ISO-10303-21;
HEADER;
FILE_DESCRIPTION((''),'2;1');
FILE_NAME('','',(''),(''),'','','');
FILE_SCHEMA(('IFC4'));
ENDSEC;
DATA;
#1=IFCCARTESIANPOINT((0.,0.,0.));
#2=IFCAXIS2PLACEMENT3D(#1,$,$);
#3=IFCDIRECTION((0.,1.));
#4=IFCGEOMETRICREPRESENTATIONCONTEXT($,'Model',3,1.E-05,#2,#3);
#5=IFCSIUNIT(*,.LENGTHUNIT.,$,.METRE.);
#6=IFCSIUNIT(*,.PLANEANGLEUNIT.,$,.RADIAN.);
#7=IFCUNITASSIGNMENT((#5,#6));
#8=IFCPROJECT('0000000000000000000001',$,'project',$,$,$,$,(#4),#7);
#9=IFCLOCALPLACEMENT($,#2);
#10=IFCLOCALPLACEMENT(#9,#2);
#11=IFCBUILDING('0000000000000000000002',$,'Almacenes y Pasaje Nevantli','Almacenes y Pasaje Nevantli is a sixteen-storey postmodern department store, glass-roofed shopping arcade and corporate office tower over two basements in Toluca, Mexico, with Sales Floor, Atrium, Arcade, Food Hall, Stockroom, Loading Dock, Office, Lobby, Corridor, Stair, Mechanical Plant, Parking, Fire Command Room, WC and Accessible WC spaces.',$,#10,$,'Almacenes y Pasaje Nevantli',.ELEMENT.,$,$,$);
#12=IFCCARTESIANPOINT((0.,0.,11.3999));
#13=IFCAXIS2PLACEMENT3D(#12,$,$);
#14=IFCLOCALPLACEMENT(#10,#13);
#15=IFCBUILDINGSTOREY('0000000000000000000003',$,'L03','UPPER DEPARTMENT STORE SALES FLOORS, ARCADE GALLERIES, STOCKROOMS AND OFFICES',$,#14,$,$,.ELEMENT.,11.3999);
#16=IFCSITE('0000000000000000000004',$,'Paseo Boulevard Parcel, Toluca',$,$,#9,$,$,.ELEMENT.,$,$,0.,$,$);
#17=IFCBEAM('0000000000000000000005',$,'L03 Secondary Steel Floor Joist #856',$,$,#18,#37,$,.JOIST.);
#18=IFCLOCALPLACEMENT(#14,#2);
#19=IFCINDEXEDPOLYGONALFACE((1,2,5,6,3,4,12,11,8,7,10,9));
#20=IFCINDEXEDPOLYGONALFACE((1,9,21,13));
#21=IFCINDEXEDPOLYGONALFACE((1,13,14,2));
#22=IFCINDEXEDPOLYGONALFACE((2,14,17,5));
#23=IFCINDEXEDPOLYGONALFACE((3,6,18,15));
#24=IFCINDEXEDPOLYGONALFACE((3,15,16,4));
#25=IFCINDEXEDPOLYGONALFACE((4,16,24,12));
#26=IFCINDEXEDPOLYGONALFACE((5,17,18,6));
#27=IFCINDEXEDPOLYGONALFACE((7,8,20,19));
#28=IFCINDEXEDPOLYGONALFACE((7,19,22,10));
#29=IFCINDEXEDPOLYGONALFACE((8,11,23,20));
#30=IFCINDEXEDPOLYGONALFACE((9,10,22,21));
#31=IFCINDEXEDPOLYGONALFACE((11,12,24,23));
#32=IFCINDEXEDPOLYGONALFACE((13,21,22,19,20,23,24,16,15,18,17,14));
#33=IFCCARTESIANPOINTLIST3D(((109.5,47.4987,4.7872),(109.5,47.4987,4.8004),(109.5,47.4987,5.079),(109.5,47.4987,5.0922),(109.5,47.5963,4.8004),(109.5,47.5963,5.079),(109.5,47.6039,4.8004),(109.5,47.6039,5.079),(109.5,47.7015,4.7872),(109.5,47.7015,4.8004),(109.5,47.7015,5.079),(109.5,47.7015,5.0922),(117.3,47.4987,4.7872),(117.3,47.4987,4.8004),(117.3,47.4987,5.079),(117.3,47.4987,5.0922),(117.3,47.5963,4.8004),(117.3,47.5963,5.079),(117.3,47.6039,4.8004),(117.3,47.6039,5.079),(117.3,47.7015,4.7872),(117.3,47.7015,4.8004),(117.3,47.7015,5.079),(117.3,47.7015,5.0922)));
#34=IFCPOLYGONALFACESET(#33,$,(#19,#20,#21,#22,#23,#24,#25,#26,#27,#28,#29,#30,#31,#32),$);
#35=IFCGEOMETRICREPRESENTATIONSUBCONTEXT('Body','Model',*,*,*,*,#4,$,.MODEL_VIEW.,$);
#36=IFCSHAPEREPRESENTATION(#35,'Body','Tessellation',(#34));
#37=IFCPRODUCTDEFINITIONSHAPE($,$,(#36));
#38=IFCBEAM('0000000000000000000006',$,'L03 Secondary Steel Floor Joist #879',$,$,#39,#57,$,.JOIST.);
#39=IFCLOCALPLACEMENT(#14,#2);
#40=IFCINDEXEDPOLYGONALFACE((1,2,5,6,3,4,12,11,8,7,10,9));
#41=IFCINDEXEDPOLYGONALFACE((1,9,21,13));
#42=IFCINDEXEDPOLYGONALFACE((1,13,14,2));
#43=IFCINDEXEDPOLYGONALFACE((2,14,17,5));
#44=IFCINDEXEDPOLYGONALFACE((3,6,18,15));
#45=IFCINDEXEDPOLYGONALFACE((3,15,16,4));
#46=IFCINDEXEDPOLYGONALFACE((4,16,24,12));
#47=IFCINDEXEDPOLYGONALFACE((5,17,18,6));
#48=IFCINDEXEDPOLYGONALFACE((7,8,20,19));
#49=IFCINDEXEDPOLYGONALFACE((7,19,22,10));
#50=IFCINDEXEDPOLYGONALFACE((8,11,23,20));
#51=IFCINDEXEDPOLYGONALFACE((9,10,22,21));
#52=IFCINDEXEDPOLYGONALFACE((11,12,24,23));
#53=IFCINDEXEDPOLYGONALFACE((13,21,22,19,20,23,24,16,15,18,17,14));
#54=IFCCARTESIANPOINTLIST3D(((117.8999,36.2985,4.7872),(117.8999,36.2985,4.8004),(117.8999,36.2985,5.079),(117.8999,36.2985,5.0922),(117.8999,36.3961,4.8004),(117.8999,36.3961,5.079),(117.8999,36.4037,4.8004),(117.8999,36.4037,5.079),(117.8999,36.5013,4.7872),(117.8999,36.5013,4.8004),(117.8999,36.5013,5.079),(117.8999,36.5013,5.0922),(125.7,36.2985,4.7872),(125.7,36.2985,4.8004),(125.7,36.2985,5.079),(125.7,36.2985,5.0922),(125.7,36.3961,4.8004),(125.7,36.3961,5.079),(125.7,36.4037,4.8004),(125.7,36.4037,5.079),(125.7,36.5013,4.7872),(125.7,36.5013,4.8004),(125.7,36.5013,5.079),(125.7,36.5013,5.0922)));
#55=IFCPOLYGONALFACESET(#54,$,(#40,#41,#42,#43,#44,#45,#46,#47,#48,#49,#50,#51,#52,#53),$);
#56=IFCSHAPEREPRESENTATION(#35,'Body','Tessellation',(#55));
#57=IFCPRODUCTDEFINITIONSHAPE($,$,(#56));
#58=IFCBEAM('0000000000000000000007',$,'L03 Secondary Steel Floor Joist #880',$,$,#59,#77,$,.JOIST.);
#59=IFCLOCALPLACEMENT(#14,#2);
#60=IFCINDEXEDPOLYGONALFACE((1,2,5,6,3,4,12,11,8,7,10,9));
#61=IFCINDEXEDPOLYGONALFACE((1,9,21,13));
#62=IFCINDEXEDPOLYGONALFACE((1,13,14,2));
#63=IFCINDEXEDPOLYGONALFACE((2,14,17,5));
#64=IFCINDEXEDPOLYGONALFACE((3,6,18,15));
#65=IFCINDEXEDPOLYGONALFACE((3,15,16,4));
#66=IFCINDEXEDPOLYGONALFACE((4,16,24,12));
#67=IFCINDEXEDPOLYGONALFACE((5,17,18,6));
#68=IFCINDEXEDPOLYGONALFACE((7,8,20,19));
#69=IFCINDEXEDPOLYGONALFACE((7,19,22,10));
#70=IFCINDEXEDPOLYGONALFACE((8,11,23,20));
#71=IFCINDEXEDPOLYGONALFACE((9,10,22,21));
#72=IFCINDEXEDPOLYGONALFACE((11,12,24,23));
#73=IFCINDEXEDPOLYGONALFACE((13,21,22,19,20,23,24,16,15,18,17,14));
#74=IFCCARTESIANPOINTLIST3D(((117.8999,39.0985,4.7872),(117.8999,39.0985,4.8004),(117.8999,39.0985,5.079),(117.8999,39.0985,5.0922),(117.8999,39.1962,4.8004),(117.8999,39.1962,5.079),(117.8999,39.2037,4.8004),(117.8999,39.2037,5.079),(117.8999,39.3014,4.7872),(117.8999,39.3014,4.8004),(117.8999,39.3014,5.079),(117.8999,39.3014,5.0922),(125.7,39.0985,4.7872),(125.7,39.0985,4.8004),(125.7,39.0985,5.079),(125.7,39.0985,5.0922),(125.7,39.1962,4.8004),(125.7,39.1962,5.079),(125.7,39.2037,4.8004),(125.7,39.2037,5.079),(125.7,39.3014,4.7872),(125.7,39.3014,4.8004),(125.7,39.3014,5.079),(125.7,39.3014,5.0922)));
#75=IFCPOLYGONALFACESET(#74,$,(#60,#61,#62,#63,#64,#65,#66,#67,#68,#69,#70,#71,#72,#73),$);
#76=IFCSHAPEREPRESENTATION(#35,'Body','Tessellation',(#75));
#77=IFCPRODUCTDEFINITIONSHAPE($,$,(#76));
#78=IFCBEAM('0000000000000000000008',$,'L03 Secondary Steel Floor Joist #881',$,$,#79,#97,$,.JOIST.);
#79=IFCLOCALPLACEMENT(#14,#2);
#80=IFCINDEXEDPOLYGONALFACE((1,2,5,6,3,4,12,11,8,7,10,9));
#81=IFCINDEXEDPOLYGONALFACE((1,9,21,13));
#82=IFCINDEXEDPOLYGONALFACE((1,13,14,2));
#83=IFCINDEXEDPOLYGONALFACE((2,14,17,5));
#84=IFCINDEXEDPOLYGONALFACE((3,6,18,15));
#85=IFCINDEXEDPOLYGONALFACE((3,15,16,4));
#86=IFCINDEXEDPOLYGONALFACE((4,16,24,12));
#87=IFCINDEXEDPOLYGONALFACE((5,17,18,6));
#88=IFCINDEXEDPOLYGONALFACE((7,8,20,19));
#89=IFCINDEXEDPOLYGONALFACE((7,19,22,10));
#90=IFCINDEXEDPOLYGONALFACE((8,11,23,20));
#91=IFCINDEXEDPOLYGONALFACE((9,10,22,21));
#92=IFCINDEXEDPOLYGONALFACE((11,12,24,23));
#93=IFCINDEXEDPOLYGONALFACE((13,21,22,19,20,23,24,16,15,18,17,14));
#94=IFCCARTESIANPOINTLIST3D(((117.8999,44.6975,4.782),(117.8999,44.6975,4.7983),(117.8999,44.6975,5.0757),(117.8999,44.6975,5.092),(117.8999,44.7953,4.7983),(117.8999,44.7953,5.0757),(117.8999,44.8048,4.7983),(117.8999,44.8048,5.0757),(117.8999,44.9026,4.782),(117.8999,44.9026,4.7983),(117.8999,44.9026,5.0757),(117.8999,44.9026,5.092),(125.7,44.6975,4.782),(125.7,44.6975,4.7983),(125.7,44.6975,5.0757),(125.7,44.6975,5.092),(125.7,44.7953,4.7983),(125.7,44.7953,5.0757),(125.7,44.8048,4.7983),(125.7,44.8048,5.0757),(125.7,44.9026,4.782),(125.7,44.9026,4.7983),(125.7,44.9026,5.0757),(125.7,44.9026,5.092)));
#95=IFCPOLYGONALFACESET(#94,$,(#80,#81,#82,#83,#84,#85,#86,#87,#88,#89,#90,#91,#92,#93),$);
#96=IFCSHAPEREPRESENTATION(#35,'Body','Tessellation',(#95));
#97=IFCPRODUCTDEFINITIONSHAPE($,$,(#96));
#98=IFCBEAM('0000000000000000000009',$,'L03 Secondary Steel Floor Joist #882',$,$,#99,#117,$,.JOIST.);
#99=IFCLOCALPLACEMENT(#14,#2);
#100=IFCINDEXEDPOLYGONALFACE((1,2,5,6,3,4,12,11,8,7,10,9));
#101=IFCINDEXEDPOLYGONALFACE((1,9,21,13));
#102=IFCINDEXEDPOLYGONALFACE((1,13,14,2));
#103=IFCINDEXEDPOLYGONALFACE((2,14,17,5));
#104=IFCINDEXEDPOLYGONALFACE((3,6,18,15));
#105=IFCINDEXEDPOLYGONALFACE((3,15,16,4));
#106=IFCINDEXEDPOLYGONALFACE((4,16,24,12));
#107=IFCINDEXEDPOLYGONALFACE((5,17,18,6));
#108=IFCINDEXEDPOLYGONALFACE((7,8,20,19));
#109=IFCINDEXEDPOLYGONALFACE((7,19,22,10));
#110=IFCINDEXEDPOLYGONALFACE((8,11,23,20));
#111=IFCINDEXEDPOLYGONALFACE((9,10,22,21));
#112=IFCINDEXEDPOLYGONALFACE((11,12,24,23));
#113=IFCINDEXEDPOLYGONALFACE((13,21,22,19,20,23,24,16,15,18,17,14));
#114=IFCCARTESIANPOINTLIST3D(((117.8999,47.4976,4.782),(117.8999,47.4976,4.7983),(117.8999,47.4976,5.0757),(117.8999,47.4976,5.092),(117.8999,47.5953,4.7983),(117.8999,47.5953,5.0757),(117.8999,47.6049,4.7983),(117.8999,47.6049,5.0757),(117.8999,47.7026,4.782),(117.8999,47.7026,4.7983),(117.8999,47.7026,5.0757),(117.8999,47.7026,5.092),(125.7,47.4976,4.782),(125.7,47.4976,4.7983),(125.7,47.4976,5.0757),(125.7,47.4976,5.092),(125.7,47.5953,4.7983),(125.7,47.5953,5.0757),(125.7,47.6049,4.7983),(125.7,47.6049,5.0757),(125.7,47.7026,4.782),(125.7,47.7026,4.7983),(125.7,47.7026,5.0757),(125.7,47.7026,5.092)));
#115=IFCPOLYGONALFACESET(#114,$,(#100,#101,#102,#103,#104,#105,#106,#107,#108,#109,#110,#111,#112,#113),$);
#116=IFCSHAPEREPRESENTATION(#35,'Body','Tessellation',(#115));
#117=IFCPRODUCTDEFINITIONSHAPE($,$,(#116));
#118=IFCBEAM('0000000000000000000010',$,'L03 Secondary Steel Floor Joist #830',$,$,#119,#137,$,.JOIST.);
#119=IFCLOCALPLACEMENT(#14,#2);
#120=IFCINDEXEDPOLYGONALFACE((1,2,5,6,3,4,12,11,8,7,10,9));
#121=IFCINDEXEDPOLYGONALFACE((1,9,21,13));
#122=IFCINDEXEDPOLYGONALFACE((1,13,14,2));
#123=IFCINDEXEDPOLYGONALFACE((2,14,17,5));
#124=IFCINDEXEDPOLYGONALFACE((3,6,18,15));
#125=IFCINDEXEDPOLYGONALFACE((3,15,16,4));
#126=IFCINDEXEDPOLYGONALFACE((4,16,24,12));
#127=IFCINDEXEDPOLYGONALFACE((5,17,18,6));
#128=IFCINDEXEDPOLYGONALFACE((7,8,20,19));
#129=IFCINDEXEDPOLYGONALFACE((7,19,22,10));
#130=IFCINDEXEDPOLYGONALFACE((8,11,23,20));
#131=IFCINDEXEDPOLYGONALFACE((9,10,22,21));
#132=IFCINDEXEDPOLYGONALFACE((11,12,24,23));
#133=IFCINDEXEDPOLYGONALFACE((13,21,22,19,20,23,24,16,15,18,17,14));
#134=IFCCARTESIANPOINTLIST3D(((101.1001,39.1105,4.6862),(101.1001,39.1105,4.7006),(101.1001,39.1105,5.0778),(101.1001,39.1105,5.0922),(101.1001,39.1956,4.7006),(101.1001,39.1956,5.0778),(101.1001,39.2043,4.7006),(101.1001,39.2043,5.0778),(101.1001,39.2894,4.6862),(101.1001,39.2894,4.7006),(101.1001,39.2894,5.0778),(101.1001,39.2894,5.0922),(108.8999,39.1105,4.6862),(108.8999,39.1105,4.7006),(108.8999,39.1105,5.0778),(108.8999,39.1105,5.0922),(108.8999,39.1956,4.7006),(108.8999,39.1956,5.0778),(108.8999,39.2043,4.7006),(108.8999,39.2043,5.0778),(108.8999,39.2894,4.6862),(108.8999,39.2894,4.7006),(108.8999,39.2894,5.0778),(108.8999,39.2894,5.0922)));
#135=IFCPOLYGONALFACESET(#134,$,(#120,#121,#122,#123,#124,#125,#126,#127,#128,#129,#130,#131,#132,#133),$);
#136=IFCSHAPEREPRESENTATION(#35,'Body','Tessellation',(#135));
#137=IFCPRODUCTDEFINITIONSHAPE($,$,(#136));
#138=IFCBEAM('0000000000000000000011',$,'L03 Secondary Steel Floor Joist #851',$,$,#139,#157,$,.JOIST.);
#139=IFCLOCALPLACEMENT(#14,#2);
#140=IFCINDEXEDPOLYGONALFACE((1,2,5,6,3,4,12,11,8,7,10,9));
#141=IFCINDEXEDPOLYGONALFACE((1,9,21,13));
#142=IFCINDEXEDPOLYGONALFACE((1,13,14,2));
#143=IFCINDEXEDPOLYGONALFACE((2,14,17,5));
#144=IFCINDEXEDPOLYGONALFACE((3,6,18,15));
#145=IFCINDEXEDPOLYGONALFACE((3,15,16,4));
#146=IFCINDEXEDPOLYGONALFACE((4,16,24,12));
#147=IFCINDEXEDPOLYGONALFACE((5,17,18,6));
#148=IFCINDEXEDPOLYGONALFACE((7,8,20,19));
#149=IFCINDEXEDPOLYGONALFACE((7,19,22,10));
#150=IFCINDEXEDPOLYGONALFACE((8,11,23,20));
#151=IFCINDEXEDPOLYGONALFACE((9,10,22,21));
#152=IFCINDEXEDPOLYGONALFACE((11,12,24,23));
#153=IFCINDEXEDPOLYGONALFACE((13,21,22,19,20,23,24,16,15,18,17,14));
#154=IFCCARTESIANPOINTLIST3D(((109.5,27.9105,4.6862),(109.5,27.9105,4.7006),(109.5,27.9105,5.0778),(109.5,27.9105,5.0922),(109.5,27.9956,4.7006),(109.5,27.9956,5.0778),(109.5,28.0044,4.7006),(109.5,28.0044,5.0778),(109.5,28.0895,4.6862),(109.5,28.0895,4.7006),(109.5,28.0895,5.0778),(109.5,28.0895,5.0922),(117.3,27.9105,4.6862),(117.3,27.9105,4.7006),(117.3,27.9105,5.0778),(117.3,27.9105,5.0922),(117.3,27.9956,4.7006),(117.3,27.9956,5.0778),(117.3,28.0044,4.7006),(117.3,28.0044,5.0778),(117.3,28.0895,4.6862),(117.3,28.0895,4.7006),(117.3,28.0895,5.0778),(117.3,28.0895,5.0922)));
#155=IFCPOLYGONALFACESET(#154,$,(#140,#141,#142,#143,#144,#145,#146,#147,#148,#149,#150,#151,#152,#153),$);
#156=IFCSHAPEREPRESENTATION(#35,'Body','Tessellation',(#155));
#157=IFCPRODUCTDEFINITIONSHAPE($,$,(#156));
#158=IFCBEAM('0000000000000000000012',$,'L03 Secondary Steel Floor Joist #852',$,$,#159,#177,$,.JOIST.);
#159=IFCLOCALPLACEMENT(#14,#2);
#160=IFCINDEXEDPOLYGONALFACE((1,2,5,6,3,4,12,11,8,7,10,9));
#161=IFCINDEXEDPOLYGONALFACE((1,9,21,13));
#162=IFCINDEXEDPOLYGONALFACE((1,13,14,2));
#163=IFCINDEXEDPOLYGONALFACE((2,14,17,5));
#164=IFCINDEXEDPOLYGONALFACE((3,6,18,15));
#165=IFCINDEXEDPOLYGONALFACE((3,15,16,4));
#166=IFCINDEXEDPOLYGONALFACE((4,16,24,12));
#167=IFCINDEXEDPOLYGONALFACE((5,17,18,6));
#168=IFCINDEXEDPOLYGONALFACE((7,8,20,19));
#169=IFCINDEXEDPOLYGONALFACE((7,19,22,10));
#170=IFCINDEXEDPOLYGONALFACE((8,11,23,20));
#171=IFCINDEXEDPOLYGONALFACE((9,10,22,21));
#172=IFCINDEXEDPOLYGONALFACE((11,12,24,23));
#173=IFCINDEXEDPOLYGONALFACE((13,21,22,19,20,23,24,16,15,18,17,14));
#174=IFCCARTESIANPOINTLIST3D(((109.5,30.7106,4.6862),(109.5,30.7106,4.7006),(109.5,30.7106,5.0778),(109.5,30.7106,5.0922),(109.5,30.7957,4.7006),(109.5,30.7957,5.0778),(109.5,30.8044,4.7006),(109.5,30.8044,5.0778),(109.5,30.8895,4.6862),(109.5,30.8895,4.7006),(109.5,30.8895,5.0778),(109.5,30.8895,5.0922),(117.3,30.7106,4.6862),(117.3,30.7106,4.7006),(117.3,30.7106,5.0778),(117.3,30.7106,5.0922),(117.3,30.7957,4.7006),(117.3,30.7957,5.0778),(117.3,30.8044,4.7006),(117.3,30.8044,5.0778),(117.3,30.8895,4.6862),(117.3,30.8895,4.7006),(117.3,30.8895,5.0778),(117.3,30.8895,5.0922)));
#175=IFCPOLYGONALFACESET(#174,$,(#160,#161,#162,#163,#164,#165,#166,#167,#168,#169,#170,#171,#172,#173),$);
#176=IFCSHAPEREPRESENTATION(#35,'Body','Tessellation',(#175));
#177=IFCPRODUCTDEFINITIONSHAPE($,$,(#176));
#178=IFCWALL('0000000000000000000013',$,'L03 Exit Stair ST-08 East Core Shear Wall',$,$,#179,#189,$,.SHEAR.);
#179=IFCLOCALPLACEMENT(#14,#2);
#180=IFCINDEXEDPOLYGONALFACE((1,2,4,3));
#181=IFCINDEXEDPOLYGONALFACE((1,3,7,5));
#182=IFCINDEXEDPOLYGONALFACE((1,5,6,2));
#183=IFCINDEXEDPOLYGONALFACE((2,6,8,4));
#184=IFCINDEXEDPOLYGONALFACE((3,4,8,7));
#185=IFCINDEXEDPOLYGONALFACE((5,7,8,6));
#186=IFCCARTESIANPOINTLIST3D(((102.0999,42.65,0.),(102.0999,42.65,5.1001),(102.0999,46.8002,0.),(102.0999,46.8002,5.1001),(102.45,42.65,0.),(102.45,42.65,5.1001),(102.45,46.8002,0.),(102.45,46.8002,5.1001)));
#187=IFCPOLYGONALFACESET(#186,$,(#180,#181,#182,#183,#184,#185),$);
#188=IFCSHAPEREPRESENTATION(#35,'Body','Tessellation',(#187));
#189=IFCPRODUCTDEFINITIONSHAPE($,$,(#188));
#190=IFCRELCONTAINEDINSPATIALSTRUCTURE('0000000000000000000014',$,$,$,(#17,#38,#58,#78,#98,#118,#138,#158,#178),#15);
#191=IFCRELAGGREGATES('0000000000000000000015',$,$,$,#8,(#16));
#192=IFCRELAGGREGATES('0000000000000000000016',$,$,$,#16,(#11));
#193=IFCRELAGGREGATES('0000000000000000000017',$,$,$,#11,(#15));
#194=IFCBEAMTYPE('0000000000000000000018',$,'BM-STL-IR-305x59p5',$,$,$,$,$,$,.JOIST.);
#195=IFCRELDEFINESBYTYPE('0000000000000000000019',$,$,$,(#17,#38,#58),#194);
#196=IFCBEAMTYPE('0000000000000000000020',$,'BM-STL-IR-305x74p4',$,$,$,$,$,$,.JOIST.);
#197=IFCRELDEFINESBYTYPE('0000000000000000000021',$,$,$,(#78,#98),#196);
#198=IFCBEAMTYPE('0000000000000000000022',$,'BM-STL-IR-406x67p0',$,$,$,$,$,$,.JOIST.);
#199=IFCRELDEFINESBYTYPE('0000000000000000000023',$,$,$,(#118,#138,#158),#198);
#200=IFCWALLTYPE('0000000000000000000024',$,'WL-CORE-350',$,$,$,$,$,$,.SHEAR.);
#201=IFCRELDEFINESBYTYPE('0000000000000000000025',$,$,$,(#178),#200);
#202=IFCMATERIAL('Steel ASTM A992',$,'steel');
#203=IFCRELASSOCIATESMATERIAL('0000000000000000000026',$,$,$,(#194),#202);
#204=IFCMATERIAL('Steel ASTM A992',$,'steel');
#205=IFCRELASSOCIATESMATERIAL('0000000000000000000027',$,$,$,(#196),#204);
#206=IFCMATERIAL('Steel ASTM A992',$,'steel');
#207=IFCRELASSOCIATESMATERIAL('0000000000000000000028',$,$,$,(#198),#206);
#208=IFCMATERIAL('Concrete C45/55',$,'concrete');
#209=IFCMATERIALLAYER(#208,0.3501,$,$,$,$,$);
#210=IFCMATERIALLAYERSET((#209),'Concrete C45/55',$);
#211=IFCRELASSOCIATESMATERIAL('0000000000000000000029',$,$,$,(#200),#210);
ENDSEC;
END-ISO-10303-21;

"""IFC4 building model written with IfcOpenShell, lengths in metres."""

from ifc_helpers import new_model, si_unit, direction, frame, frame_2d, origin, origin_2d, place, context, subcontext, project, spatial, rectangle, i_section, extrude, material, layer, layer_set, material_profile, profile_set, type_object, element, save


model = new_model("IFC4")

# Units and contexts
model_context = context("Model", 3, precision=1e-05, world=origin(), true_north=direction((0.0, 1.0)))
body_context = subcontext(model_context, "Body", "Model", "MODEL_VIEW")
ifc_project = project(units=[si_unit("LENGTHUNIT", "METRE"), si_unit("PLANEANGLEUNIT", "RADIAN")], contexts=[model_context])

# Site, building, storey
site_placement = place(None, origin())
site = spatial("IfcSite", under=ifc_project, at=site_placement, Name="Paseo Boulevard Parcel, Toluca", CompositionType="ELEMENT", RefElevation=0.0)
building_placement = place(site_placement, origin())
building = spatial("IfcBuilding", under=site, at=building_placement, Name="Almacenes y Pasaje Nevantli", Description="Almacenes y Pasaje Nevantli is a sixteen-storey postmodern department store, glass-roofed shopping arcade and corporate office tower over two basements in Toluca, Mexico, with Sales Floor, Atrium, Arcade, Food Hall, Stockroom, Loading Dock, Office, Lobby, Corridor, Stair, Mechanical Plant, Parking, Fire Command Room, WC and Accessible WC spaces.", LongName="Almacenes y Pasaje Nevantli", CompositionType="ELEMENT")
storey_placement = place(building_placement, frame((0.0, 0.0, 11.3999)))
storey = spatial("IfcBuildingStorey", under=building, at=storey_placement, Name="L03", Description="UPPER DEPARTMENT STORE SALES FLOORS, ARCADE GALLERIES, STOCKROOMS AND OFFICES", CompositionType="ELEMENT", Elevation=11.3999)

# Beams
ifc_material_1 = material(Name="Steel ASTM A992", Category="steel")
ifc_material_profile_1 = material_profile(ifc_material_1, i_section(OverallWidth=0.2029, OverallDepth=0.3049, WebThickness=0.0076, FlangeThickness=0.0132, at=origin_2d()), Name="IR 305x59.5")
ifc_profile_set_1 = profile_set([ifc_material_profile_1], Name="Steel ASTM A992")
beam_type_1 = type_object("IfcBeamType", Name="BM-STL-IR-305x59p5", PredefinedType="JOIST", material=ifc_profile_set_1)
for number, where, z_axis, x_axis, name in (
    (1, (109.5, 47.6001, 4.9397), (1.0, 0.0, 0.0), (0.0, 1.0, 0.0), "L03 Secondary Steel Floor Joist #856"),
    (2, (117.8999, 36.3999, 4.9397), (1.0, 0.0, 0.0), (0.0, 1.0, 0.0), "L03 Secondary Steel Floor Joist #879"),
    (3, (117.8999, 39.2, 4.9397), (1.0, 0.0, 0.0), (0.0, 1.0, 0.0), "L03 Secondary Steel Floor Joist #880"),
):
    element("IfcBeam", number, at=place(storey_placement, frame(where, z_axis=z_axis, x_axis=x_axis)), inside=storey, type_object=beam_type_1, Name=name, PredefinedType="JOIST", context=body_context, shape_type="SweptSolid", body=[
        extrude(i_section(OverallWidth=0.2029, OverallDepth=0.3049, WebThickness=0.0076, FlangeThickness=0.0132, at=origin_2d()), origin(), (0.0, 0.0, 1.0), 7.8),
    ])
ifc_material_2 = material(Name="Steel ASTM A992", Category="steel")
ifc_material_profile_2 = material_profile(ifc_material_2, i_section(OverallWidth=0.2051, OverallDepth=0.3101, WebThickness=0.0095, FlangeThickness=0.0164, at=origin_2d()), Name="IR 305x74.4")
ifc_profile_set_2 = profile_set([ifc_material_profile_2], Name="Steel ASTM A992")
beam_type_2 = type_object("IfcBeamType", Name="BM-STL-IR-305x74p4", PredefinedType="JOIST", material=ifc_profile_set_2)
for number, where, z_axis, x_axis, name in (
    (4, (117.8999, 44.8, 4.937), (1.0, 0.0, 0.0), (0.0, 1.0, 0.0), "L03 Secondary Steel Floor Joist #881"),
    (5, (117.8999, 47.6001, 4.937), (1.0, 0.0, 0.0), (0.0, 1.0, 0.0), "L03 Secondary Steel Floor Joist #882"),
):
    element("IfcBeam", number, at=place(storey_placement, frame(where, z_axis=z_axis, x_axis=x_axis)), inside=storey, type_object=beam_type_2, Name=name, PredefinedType="JOIST", context=body_context, shape_type="SweptSolid", body=[
        extrude(i_section(OverallWidth=0.2051, OverallDepth=0.3101, WebThickness=0.0095, FlangeThickness=0.0164, at=origin_2d()), origin(), (0.0, 0.0, 1.0), 7.8),
    ])
ifc_material_3 = material(Name="Steel ASTM A992", Category="steel")
ifc_material_profile_3 = material_profile(ifc_material_3, i_section(OverallWidth=0.179, OverallDepth=0.406, WebThickness=0.0088, FlangeThickness=0.0144, at=origin_2d()), Name="IR 406x67.0")
ifc_profile_set_3 = profile_set([ifc_material_profile_3], Name="Steel ASTM A992")
beam_type_3 = type_object("IfcBeamType", Name="BM-STL-IR-406x67p0", PredefinedType="JOIST", material=ifc_profile_set_3)
beam_1_placement = place(storey_placement, frame((101.1001, 39.2, 4.8892), z_axis=(1.0, 0.0, 0.0), x_axis=(0.0, 1.0, 0.0)))
element("IfcBeam", 6, at=beam_1_placement, inside=storey, type_object=beam_type_3, Name="L03 Secondary Steel Floor Joist #830", PredefinedType="JOIST", context=body_context, shape_type="SweptSolid", body=[
    extrude(i_section(OverallWidth=0.179, OverallDepth=0.406, WebThickness=0.0088, FlangeThickness=0.0144, at=origin_2d()), origin(), (0.0, 0.0, 1.0), 7.7998),
])
for number, where, z_axis, x_axis, name in (
    (7, (109.5, 28.0, 4.8892), (1.0, 0.0, 0.0), (0.0, 1.0, 0.0), "L03 Secondary Steel Floor Joist #851"),
    (8, (109.5, 30.8, 4.8892), (1.0, 0.0, 0.0), (0.0, 1.0, 0.0), "L03 Secondary Steel Floor Joist #852"),
):
    element("IfcBeam", number, at=place(storey_placement, frame(where, z_axis=z_axis, x_axis=x_axis)), inside=storey, type_object=beam_type_3, Name=name, PredefinedType="JOIST", context=body_context, shape_type="SweptSolid", body=[
        extrude(i_section(OverallWidth=0.179, OverallDepth=0.406, WebThickness=0.0088, FlangeThickness=0.0144, at=origin_2d()), origin(), (0.0, 0.0, 1.0), 7.8),
    ])

# Wall
ifc_material_4 = material(Name="Concrete C45/55", Category="concrete")
ifc_layer = layer(ifc_material_4, 0.3501)
ifc_layer_set = layer_set([ifc_layer], Name="Concrete C45/55")
wall_type = type_object("IfcWallType", Name="WL-CORE-350", PredefinedType="SHEAR", material=ifc_layer_set)
wall_placement = place(storey_placement, frame((102.2749, 42.6499, 0.0), z_axis=(0.0, 0.0, 1.0), x_axis=(0.0, 1.0, 0.0)))
element("IfcWall", 9, at=wall_placement, inside=storey, type_object=wall_type, Name="L03 Exit Stair ST-08 East Core Shear Wall", PredefinedType="SHEAR", context=body_context, shape_type="SweptSolid", body=[
    extrude(rectangle(XDim=4.1501, YDim=0.3501, at=frame_2d((2.0752, 0.0))), origin(), (0.0, 0.0, 1.0), 5.1001),
])

save(model, "model.ifc")
